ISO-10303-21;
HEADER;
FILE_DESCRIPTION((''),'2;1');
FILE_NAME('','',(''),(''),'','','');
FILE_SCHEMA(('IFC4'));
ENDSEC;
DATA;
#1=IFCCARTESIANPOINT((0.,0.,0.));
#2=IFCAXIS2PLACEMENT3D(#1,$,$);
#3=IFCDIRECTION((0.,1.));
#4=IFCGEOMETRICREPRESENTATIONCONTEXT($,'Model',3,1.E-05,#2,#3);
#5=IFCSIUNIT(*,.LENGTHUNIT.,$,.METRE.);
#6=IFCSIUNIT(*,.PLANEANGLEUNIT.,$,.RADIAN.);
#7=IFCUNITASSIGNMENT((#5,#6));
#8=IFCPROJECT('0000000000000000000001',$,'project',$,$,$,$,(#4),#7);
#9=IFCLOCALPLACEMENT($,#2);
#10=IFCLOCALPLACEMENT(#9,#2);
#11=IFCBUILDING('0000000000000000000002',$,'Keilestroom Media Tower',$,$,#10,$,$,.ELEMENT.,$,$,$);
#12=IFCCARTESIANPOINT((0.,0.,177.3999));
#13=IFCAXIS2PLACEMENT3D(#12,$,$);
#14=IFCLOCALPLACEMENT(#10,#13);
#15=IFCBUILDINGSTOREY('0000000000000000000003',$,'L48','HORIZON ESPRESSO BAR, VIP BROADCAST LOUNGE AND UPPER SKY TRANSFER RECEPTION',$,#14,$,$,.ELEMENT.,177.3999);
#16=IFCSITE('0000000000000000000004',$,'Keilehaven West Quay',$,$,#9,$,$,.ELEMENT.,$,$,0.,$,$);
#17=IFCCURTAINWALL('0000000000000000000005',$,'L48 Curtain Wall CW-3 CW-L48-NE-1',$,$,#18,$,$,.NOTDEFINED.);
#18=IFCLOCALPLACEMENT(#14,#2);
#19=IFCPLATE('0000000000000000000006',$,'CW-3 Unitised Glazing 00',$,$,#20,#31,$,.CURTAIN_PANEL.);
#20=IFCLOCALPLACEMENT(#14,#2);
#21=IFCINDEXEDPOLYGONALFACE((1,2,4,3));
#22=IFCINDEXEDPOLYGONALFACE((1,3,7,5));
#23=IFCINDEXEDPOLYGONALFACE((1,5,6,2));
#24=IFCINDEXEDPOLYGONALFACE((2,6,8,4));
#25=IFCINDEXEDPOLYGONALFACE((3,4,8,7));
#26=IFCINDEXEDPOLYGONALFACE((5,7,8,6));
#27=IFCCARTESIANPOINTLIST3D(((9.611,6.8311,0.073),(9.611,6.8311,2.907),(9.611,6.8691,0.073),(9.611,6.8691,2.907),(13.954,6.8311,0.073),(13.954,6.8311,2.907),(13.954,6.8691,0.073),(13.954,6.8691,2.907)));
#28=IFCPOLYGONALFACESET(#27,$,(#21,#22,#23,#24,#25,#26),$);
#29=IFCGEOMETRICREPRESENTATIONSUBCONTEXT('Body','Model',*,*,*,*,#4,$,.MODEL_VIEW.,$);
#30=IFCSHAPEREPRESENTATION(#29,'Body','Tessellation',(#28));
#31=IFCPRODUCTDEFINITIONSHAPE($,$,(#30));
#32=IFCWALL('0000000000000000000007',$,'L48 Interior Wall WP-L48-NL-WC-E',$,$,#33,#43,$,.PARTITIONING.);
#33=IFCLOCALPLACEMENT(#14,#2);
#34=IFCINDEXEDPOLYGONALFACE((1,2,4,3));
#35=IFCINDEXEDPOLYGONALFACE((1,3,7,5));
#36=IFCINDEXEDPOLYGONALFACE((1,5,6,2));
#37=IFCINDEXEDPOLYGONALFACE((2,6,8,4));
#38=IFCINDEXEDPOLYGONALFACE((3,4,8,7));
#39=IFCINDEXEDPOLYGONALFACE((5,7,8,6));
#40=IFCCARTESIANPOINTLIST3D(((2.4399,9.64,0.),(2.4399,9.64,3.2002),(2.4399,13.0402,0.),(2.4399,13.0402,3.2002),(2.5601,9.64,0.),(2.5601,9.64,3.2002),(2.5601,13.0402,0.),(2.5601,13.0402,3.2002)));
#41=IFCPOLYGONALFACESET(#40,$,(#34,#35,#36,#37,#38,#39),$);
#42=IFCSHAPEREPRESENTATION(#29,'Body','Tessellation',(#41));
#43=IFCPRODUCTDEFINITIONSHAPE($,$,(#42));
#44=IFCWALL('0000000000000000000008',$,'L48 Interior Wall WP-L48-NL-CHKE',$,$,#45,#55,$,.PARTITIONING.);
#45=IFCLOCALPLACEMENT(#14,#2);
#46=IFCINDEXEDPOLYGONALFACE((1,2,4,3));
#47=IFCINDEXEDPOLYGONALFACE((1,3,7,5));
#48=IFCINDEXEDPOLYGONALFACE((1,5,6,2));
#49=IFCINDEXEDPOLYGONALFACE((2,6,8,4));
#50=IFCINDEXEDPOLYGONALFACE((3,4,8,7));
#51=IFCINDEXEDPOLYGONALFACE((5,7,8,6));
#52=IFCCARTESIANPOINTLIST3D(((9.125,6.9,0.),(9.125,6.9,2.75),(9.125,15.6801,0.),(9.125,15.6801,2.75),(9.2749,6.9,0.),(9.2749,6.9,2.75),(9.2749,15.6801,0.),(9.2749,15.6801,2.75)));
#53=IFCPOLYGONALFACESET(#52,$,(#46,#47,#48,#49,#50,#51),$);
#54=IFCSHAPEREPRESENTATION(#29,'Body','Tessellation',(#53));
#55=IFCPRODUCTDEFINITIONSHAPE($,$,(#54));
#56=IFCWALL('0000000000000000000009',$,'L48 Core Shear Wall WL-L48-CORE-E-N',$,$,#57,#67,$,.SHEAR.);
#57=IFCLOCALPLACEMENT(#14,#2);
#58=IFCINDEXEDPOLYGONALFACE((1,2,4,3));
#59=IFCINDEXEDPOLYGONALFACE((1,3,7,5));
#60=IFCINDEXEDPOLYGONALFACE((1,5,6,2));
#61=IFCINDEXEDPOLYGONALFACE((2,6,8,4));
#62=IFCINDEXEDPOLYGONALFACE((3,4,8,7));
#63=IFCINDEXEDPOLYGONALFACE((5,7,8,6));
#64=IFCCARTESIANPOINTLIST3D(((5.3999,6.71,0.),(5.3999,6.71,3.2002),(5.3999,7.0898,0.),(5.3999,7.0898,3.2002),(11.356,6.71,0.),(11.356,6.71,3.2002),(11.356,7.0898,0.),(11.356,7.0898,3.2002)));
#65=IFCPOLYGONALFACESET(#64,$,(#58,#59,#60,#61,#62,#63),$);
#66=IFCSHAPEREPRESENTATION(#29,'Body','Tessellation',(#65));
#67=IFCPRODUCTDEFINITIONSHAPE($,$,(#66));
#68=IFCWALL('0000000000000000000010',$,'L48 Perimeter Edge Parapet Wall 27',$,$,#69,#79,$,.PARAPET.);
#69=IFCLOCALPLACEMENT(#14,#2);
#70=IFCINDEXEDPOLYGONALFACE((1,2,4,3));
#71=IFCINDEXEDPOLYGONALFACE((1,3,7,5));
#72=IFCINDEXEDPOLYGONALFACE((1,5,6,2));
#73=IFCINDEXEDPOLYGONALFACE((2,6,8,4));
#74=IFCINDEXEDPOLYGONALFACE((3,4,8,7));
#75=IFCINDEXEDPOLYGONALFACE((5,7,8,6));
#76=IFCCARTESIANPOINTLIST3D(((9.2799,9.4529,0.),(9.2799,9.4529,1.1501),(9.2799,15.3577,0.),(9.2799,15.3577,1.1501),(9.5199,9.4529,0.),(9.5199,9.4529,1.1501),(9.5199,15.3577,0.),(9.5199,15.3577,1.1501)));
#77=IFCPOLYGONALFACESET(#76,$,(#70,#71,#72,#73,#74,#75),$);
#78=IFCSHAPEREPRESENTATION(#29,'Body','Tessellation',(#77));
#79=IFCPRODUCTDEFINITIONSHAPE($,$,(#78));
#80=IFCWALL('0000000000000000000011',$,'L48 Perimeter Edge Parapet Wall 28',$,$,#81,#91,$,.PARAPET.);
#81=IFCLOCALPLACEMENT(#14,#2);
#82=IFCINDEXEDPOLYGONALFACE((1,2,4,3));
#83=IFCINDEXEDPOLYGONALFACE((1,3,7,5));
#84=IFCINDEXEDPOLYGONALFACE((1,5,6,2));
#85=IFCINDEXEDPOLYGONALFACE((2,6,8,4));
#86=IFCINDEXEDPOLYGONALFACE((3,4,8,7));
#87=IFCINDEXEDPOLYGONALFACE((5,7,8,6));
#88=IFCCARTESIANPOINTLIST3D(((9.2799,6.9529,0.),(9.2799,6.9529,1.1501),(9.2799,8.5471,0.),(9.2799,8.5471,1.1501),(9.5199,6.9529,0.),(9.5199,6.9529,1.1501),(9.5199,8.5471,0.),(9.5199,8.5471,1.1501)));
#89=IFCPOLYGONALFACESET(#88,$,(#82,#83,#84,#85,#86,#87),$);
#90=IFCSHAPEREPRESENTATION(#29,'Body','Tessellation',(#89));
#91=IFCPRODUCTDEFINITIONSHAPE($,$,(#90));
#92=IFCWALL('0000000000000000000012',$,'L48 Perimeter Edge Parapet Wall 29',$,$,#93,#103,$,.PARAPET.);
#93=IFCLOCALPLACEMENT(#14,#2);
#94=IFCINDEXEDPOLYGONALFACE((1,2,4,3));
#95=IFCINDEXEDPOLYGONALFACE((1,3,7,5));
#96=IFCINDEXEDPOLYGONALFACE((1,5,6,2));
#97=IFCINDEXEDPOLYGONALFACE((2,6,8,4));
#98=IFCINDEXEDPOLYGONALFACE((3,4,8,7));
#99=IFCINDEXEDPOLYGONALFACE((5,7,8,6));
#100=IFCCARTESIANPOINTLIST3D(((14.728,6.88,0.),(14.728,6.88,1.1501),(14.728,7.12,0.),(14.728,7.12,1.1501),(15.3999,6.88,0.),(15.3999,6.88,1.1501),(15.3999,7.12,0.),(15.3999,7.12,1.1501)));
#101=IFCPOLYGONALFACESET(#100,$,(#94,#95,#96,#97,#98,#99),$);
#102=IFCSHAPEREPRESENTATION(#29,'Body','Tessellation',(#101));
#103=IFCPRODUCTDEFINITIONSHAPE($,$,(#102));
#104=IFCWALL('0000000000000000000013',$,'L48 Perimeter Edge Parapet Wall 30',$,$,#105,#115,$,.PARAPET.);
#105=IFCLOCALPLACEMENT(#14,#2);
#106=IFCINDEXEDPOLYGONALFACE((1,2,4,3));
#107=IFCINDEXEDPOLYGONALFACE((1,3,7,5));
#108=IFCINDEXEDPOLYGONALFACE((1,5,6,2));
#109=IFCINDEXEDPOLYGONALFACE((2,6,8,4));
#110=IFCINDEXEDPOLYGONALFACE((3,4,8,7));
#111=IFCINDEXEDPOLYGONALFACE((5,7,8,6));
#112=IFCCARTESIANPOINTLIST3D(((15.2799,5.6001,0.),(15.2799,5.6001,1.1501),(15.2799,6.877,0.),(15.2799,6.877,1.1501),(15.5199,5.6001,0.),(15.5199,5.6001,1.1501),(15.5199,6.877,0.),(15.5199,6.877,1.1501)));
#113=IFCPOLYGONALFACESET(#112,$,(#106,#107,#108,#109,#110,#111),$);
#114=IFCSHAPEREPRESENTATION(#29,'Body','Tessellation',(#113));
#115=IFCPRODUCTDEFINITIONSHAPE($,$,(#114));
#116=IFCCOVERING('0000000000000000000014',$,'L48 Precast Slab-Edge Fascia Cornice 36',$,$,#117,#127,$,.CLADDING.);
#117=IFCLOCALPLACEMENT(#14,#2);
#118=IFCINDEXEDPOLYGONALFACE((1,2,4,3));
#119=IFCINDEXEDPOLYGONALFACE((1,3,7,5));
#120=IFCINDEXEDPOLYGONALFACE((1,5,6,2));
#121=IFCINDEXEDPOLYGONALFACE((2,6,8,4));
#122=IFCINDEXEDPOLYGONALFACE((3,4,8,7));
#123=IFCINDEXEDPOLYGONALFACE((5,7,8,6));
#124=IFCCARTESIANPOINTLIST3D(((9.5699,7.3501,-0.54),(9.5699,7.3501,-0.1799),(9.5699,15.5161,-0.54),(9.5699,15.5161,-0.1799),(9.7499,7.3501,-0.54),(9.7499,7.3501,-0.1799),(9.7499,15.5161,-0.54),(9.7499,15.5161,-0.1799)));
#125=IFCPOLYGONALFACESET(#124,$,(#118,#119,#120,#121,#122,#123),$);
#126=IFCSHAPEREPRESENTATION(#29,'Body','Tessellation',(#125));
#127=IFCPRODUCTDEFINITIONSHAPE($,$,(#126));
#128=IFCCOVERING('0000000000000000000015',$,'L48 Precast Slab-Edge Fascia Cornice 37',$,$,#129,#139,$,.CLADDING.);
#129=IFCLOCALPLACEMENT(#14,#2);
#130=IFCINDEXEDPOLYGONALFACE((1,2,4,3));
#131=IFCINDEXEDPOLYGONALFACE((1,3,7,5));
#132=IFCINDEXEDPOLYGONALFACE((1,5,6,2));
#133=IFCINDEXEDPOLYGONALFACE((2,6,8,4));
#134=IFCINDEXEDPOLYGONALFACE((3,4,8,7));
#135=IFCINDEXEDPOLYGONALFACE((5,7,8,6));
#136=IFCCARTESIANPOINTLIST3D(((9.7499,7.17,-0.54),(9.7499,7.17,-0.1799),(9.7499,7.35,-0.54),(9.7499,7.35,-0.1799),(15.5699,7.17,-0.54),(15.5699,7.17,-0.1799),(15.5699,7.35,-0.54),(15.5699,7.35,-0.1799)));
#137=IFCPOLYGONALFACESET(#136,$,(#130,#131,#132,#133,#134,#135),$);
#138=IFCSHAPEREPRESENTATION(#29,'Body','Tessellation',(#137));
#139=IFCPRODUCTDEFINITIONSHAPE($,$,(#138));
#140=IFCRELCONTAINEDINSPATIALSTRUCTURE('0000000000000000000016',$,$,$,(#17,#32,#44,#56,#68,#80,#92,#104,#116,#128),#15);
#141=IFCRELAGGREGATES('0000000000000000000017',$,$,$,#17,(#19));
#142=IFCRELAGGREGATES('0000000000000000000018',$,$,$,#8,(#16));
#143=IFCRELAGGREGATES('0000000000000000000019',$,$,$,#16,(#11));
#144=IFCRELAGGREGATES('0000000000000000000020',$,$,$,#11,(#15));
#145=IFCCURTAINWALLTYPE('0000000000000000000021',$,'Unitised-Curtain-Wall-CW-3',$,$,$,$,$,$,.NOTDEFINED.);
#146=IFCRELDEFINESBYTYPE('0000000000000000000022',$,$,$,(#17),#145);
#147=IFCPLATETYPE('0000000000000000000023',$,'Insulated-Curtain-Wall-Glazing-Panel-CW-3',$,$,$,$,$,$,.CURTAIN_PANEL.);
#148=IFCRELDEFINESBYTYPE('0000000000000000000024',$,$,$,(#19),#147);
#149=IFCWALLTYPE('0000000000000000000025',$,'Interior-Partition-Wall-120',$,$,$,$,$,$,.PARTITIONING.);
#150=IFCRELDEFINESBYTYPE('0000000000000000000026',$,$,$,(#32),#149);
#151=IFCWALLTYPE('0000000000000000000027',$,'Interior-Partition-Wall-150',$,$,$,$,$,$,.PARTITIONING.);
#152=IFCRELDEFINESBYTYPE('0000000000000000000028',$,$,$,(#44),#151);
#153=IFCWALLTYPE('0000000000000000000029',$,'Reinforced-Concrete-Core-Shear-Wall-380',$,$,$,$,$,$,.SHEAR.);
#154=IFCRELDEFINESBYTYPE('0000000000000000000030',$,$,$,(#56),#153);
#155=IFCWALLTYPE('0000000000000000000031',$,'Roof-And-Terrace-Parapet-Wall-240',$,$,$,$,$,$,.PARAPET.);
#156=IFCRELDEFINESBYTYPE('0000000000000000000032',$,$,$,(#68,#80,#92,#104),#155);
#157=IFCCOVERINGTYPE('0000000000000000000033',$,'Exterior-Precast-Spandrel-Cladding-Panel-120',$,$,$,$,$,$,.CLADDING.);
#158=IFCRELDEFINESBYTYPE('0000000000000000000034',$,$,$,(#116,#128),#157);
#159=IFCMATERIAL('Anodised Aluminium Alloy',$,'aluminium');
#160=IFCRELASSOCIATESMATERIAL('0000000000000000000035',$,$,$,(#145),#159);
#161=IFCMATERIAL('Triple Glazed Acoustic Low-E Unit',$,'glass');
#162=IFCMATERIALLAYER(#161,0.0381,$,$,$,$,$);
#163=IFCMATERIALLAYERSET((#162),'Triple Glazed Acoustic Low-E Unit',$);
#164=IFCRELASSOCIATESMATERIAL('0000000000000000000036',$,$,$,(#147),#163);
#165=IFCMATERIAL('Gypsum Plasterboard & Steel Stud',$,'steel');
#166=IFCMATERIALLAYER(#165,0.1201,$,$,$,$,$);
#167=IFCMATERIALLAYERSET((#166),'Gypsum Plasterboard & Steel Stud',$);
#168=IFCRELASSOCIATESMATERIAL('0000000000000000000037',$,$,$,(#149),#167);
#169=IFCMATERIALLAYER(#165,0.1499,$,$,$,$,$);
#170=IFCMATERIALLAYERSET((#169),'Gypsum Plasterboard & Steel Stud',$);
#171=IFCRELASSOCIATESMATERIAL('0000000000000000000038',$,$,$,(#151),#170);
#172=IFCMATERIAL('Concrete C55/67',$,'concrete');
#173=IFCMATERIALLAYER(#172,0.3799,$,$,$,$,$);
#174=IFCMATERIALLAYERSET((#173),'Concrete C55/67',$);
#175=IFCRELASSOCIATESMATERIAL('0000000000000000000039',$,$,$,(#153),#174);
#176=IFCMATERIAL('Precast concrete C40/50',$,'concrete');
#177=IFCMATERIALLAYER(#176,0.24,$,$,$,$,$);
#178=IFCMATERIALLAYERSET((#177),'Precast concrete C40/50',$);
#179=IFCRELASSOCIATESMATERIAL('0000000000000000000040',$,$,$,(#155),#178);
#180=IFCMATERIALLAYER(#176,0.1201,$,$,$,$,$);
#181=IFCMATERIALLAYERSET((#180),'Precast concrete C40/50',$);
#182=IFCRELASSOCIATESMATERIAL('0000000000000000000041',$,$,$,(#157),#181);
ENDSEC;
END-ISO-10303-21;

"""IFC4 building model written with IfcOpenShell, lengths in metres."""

from ifc_helpers import new_model, si_unit, direction, frame, frame_2d, origin, origin_2d, place, context, subcontext, project, spatial, rectangle, extrude, source, transform, mapped, material, layer, layer_set, type_object, element, aggregate, save


model = new_model("IFC4")

# Units and contexts
model_context = context("Model", 3, precision=1e-05, world=origin(), true_north=direction((0.0, 1.0)))
body_context = subcontext(model_context, "Body", "Model", "MODEL_VIEW")
ifc_project = project(units=[si_unit("LENGTHUNIT", "METRE"), si_unit("PLANEANGLEUNIT", "RADIAN")], contexts=[model_context])

# Site, building, storey
site_placement = place(None, origin())
site = spatial("IfcSite", under=ifc_project, at=site_placement, Name="Keilehaven West Quay", CompositionType="ELEMENT", RefElevation=0.0)
building_placement = place(site_placement, origin())
building = spatial("IfcBuilding", under=site, at=building_placement, Name="Keilestroom Media Tower", CompositionType="ELEMENT")
storey_placement = place(building_placement, frame((0.0, 0.0, 177.3999)))
storey = spatial("IfcBuildingStorey", under=building, at=storey_placement, Name="L48", Description="HORIZON ESPRESSO BAR, VIP BROADCAST LOUNGE AND UPPER SKY TRANSFER RECEPTION", CompositionType="ELEMENT", Elevation=177.3999)

# Shared definitions
ifc_material_1 = material(Name="Precast concrete C40/50", Category="concrete")
ifc_material_2 = material(Name="Concrete C55/67", Category="concrete")

# Curtain wall, plate
ifc_material_3 = material(Name="Anodised Aluminium Alloy", Category="aluminium")
curtain_wall_type = type_object("IfcCurtainWallType", Name="Unitised-Curtain-Wall-CW-3", PredefinedType="NOTDEFINED", material=ifc_material_3)
curtain_wall_placement = place(storey_placement, origin())
curtain_wall = element("IfcCurtainWall", 1, at=curtain_wall_placement, inside=storey, type_object=curtain_wall_type, Name="L48 Curtain Wall CW-3 CW-L48-NE-1", PredefinedType="NOTDEFINED")
ifc_material_4 = material(Name="Triple Glazed Acoustic Low-E Unit", Category="glass")
ifc_layer_1 = layer(ifc_material_4, 0.0381)
ifc_layer_set_1 = layer_set([ifc_layer_1], Name="Triple Glazed Acoustic Low-E Unit")
plate_type = type_object("IfcPlateType", Name="Insulated-Curtain-Wall-Glazing-Panel-CW-3", PredefinedType="CURTAIN_PANEL", material=ifc_layer_set_1)
shared_shape_1 = source(origin(), body_context, "Body", "SweptSolid", [
    extrude(rectangle(XDim=4.343, YDim=0.0381, at=origin_2d()), origin(), (0.0, 0.0, 1.0), 2.834),
])
plate_placement = place(storey_placement, frame((11.7825, 6.8501, 0.073), z_axis=(0.0, 0.0, 1.0), x_axis=(1.0, 0.0, 0.0)))
plate = element("IfcPlate", 2, at=plate_placement, type_object=plate_type, Name="CW-3 Unitised Glazing 00", PredefinedType="CURTAIN_PANEL", context=body_context, shape_type="MappedRepresentation", body=[
    mapped(shared_shape_1, transform((0.0, 0.0, 0.0), x_axis=(1.0, 0.0, 0.0), y_axis=(0.0, 1.0, 0.0), z_axis=(0.0, 0.0, 1.0), scale=1.0)),
])
aggregate(curtain_wall, [plate])

# Walls
ifc_material_5 = material(Name="Gypsum Plasterboard & Steel Stud", Category="steel")
ifc_layer_2 = layer(ifc_material_5, 0.1201)
ifc_layer_set_2 = layer_set([ifc_layer_2], Name="Gypsum Plasterboard & Steel Stud")
wall_type_1 = type_object("IfcWallType", Name="Interior-Partition-Wall-120", PredefinedType="PARTITIONING", material=ifc_layer_set_2)
wall_1_placement = place(storey_placement, frame((2.5, 9.6399, 0.0), z_axis=(0.0, 0.0, 1.0), x_axis=(0.0, 1.0, 0.0)))
element("IfcWall", 3, at=wall_1_placement, inside=storey, type_object=wall_type_1, Name="L48 Interior Wall WP-L48-NL-WC-E", PredefinedType="PARTITIONING", context=body_context, shape_type="SweptSolid", body=[
    extrude(rectangle(XDim=3.4001, YDim=0.1201, at=frame_2d((1.7002, 0.0))), origin(), (0.0, 0.0, 1.0), 3.2002),
])
ifc_layer_3 = layer(ifc_material_5, 0.1499)
ifc_layer_set_3 = layer_set([ifc_layer_3], Name="Gypsum Plasterboard & Steel Stud")
wall_type_2 = type_object("IfcWallType", Name="Interior-Partition-Wall-150", PredefinedType="PARTITIONING", material=ifc_layer_set_3)
wall_2_placement = place(storey_placement, frame((9.2, 6.8999, 0.0), z_axis=(0.0, 0.0, 1.0), x_axis=(0.0, 1.0, 0.0)))
element("IfcWall", 4, at=wall_2_placement, inside=storey, type_object=wall_type_2, Name="L48 Interior Wall WP-L48-NL-CHKE", PredefinedType="PARTITIONING", context=body_context, shape_type="SweptSolid", body=[
    extrude(rectangle(XDim=8.78, YDim=0.1499, at=frame_2d((4.3901, 0.0))), origin(), (0.0, 0.0, 1.0), 2.75),
])
ifc_layer_4 = layer(ifc_material_2, 0.3799)
ifc_layer_set_4 = layer_set([ifc_layer_4], Name="Concrete C55/67")
wall_type_3 = type_object("IfcWallType", Name="Reinforced-Concrete-Core-Shear-Wall-380", PredefinedType="SHEAR", material=ifc_layer_set_4)
wall_3_placement = place(storey_placement, frame((5.3999, 6.8999, 0.0), z_axis=(0.0, 0.0, 1.0), x_axis=(1.0, 0.0, 0.0)))
element("IfcWall", 5, at=wall_3_placement, inside=storey, type_object=wall_type_3, Name="L48 Core Shear Wall WL-L48-CORE-E-N", PredefinedType="SHEAR", context=body_context, shape_type="SweptSolid", body=[
    extrude(rectangle(XDim=5.9561, YDim=0.3799, at=frame_2d((2.978, 0.0))), origin(), (0.0, 0.0, 1.0), 3.2002),
])
ifc_layer_5 = layer(ifc_material_1, 0.24)
ifc_layer_set_5 = layer_set([ifc_layer_5], Name="Precast concrete C40/50")
wall_type_4 = type_object("IfcWallType", Name="Roof-And-Terrace-Parapet-Wall-240", PredefinedType="PARAPET", material=ifc_layer_set_5)
wall_4_placement = place(storey_placement, frame((9.3999, 15.3577, 0.0), z_axis=(0.0, 0.0, 1.0), x_axis=(0.0, -1.0, 0.0)))
element("IfcWall", 6, at=wall_4_placement, inside=storey, type_object=wall_type_4, Name="L48 Perimeter Edge Parapet Wall 27", PredefinedType="PARAPET", context=body_context, shape_type="SweptSolid", body=[
    extrude(rectangle(XDim=5.9048, YDim=0.24, at=frame_2d((2.9524, 0.0))), origin(), (0.0, 0.0, 1.0), 1.1501),
])
wall_5_placement = place(storey_placement, frame((9.3999, 8.5471, 0.0), z_axis=(0.0, 0.0, 1.0), x_axis=(0.0, -1.0, 0.0)))
element("IfcWall", 7, at=wall_5_placement, inside=storey, type_object=wall_type_4, Name="L48 Perimeter Edge Parapet Wall 28", PredefinedType="PARAPET", context=body_context, shape_type="SweptSolid", body=[
    extrude(rectangle(XDim=1.5942, YDim=0.24, at=frame_2d((0.7971, 0.0))), origin(), (0.0, 0.0, 1.0), 1.1501),
])
wall_6_placement = place(storey_placement, frame((14.728, 7.0, 0.0), z_axis=(0.0, 0.0, 1.0), x_axis=(1.0, 0.0, 0.0)))
element("IfcWall", 8, at=wall_6_placement, inside=storey, type_object=wall_type_4, Name="L48 Perimeter Edge Parapet Wall 29", PredefinedType="PARAPET", context=body_context, shape_type="SweptSolid", body=[
    extrude(rectangle(XDim=0.6719, YDim=0.24, at=frame_2d((0.3359, 0.0))), origin(), (0.0, 0.0, 1.0), 1.1501),
])
wall_7_placement = place(storey_placement, frame((15.3999, 6.877, 0.0), z_axis=(0.0, 0.0, 1.0), x_axis=(0.0, -1.0, 0.0)))
element("IfcWall", 9, at=wall_7_placement, inside=storey, type_object=wall_type_4, Name="L48 Perimeter Edge Parapet Wall 30", PredefinedType="PARAPET", context=body_context, shape_type="SweptSolid", body=[
    extrude(rectangle(XDim=1.2769, YDim=0.24, at=frame_2d((0.6384, 0.0))), origin(), (0.0, 0.0, 1.0), 1.1501),
])

# Coverings
ifc_layer_6 = layer(ifc_material_1, 0.1201)
ifc_layer_set_6 = layer_set([ifc_layer_6], Name="Precast concrete C40/50")
covering_type = type_object("IfcCoveringType", Name="Exterior-Precast-Spandrel-Cladding-Panel-120", PredefinedType="CLADDING", material=ifc_layer_set_6)
shared_shape_2 = source(origin(), body_context, "Body", "SweptSolid", [
    extrude(rectangle(XDim=8.166, YDim=0.1799, at=origin_2d()), origin(), (0.0, 0.0, 1.0), 0.3601),
])
covering_1_placement = place(storey_placement, frame((9.6599, 11.4331, -0.54), z_axis=(0.0, 0.0, 1.0), x_axis=(0.0, -1.0, 0.0)))
element("IfcCovering", 10, at=covering_1_placement, inside=storey, type_object=covering_type, Name="L48 Precast Slab-Edge Fascia Cornice 36", PredefinedType="CLADDING", context=body_context, shape_type="MappedRepresentation", body=[
    mapped(shared_shape_2, transform((0.0, 0.0, 0.0), x_axis=(1.0, 0.0, 0.0), y_axis=(0.0, 1.0, 0.0), z_axis=(0.0, 0.0, 1.0), scale=1.0)),
])
shared_shape_3 = source(origin(), body_context, "Body", "SweptSolid", [
    extrude(rectangle(XDim=5.8201, YDim=0.1799, at=origin_2d()), origin(), (0.0, 0.0, 1.0), 0.3601),
])
covering_2_placement = place(storey_placement, frame((12.6599, 7.26, -0.54), z_axis=(0.0, 0.0, 1.0), x_axis=(1.0, 0.0, 0.0)))
element("IfcCovering", 11, at=covering_2_placement, inside=storey, type_object=covering_type, Name="L48 Precast Slab-Edge Fascia Cornice 37", PredefinedType="CLADDING", context=body_context, shape_type="MappedRepresentation", body=[
    mapped(shared_shape_3, transform((0.0, 0.0, 0.0), x_axis=(1.0, 0.0, 0.0), y_axis=(0.0, 1.0, 0.0), z_axis=(0.0, 0.0, 1.0), scale=1.0)),
])

save(model, "model.ifc")
